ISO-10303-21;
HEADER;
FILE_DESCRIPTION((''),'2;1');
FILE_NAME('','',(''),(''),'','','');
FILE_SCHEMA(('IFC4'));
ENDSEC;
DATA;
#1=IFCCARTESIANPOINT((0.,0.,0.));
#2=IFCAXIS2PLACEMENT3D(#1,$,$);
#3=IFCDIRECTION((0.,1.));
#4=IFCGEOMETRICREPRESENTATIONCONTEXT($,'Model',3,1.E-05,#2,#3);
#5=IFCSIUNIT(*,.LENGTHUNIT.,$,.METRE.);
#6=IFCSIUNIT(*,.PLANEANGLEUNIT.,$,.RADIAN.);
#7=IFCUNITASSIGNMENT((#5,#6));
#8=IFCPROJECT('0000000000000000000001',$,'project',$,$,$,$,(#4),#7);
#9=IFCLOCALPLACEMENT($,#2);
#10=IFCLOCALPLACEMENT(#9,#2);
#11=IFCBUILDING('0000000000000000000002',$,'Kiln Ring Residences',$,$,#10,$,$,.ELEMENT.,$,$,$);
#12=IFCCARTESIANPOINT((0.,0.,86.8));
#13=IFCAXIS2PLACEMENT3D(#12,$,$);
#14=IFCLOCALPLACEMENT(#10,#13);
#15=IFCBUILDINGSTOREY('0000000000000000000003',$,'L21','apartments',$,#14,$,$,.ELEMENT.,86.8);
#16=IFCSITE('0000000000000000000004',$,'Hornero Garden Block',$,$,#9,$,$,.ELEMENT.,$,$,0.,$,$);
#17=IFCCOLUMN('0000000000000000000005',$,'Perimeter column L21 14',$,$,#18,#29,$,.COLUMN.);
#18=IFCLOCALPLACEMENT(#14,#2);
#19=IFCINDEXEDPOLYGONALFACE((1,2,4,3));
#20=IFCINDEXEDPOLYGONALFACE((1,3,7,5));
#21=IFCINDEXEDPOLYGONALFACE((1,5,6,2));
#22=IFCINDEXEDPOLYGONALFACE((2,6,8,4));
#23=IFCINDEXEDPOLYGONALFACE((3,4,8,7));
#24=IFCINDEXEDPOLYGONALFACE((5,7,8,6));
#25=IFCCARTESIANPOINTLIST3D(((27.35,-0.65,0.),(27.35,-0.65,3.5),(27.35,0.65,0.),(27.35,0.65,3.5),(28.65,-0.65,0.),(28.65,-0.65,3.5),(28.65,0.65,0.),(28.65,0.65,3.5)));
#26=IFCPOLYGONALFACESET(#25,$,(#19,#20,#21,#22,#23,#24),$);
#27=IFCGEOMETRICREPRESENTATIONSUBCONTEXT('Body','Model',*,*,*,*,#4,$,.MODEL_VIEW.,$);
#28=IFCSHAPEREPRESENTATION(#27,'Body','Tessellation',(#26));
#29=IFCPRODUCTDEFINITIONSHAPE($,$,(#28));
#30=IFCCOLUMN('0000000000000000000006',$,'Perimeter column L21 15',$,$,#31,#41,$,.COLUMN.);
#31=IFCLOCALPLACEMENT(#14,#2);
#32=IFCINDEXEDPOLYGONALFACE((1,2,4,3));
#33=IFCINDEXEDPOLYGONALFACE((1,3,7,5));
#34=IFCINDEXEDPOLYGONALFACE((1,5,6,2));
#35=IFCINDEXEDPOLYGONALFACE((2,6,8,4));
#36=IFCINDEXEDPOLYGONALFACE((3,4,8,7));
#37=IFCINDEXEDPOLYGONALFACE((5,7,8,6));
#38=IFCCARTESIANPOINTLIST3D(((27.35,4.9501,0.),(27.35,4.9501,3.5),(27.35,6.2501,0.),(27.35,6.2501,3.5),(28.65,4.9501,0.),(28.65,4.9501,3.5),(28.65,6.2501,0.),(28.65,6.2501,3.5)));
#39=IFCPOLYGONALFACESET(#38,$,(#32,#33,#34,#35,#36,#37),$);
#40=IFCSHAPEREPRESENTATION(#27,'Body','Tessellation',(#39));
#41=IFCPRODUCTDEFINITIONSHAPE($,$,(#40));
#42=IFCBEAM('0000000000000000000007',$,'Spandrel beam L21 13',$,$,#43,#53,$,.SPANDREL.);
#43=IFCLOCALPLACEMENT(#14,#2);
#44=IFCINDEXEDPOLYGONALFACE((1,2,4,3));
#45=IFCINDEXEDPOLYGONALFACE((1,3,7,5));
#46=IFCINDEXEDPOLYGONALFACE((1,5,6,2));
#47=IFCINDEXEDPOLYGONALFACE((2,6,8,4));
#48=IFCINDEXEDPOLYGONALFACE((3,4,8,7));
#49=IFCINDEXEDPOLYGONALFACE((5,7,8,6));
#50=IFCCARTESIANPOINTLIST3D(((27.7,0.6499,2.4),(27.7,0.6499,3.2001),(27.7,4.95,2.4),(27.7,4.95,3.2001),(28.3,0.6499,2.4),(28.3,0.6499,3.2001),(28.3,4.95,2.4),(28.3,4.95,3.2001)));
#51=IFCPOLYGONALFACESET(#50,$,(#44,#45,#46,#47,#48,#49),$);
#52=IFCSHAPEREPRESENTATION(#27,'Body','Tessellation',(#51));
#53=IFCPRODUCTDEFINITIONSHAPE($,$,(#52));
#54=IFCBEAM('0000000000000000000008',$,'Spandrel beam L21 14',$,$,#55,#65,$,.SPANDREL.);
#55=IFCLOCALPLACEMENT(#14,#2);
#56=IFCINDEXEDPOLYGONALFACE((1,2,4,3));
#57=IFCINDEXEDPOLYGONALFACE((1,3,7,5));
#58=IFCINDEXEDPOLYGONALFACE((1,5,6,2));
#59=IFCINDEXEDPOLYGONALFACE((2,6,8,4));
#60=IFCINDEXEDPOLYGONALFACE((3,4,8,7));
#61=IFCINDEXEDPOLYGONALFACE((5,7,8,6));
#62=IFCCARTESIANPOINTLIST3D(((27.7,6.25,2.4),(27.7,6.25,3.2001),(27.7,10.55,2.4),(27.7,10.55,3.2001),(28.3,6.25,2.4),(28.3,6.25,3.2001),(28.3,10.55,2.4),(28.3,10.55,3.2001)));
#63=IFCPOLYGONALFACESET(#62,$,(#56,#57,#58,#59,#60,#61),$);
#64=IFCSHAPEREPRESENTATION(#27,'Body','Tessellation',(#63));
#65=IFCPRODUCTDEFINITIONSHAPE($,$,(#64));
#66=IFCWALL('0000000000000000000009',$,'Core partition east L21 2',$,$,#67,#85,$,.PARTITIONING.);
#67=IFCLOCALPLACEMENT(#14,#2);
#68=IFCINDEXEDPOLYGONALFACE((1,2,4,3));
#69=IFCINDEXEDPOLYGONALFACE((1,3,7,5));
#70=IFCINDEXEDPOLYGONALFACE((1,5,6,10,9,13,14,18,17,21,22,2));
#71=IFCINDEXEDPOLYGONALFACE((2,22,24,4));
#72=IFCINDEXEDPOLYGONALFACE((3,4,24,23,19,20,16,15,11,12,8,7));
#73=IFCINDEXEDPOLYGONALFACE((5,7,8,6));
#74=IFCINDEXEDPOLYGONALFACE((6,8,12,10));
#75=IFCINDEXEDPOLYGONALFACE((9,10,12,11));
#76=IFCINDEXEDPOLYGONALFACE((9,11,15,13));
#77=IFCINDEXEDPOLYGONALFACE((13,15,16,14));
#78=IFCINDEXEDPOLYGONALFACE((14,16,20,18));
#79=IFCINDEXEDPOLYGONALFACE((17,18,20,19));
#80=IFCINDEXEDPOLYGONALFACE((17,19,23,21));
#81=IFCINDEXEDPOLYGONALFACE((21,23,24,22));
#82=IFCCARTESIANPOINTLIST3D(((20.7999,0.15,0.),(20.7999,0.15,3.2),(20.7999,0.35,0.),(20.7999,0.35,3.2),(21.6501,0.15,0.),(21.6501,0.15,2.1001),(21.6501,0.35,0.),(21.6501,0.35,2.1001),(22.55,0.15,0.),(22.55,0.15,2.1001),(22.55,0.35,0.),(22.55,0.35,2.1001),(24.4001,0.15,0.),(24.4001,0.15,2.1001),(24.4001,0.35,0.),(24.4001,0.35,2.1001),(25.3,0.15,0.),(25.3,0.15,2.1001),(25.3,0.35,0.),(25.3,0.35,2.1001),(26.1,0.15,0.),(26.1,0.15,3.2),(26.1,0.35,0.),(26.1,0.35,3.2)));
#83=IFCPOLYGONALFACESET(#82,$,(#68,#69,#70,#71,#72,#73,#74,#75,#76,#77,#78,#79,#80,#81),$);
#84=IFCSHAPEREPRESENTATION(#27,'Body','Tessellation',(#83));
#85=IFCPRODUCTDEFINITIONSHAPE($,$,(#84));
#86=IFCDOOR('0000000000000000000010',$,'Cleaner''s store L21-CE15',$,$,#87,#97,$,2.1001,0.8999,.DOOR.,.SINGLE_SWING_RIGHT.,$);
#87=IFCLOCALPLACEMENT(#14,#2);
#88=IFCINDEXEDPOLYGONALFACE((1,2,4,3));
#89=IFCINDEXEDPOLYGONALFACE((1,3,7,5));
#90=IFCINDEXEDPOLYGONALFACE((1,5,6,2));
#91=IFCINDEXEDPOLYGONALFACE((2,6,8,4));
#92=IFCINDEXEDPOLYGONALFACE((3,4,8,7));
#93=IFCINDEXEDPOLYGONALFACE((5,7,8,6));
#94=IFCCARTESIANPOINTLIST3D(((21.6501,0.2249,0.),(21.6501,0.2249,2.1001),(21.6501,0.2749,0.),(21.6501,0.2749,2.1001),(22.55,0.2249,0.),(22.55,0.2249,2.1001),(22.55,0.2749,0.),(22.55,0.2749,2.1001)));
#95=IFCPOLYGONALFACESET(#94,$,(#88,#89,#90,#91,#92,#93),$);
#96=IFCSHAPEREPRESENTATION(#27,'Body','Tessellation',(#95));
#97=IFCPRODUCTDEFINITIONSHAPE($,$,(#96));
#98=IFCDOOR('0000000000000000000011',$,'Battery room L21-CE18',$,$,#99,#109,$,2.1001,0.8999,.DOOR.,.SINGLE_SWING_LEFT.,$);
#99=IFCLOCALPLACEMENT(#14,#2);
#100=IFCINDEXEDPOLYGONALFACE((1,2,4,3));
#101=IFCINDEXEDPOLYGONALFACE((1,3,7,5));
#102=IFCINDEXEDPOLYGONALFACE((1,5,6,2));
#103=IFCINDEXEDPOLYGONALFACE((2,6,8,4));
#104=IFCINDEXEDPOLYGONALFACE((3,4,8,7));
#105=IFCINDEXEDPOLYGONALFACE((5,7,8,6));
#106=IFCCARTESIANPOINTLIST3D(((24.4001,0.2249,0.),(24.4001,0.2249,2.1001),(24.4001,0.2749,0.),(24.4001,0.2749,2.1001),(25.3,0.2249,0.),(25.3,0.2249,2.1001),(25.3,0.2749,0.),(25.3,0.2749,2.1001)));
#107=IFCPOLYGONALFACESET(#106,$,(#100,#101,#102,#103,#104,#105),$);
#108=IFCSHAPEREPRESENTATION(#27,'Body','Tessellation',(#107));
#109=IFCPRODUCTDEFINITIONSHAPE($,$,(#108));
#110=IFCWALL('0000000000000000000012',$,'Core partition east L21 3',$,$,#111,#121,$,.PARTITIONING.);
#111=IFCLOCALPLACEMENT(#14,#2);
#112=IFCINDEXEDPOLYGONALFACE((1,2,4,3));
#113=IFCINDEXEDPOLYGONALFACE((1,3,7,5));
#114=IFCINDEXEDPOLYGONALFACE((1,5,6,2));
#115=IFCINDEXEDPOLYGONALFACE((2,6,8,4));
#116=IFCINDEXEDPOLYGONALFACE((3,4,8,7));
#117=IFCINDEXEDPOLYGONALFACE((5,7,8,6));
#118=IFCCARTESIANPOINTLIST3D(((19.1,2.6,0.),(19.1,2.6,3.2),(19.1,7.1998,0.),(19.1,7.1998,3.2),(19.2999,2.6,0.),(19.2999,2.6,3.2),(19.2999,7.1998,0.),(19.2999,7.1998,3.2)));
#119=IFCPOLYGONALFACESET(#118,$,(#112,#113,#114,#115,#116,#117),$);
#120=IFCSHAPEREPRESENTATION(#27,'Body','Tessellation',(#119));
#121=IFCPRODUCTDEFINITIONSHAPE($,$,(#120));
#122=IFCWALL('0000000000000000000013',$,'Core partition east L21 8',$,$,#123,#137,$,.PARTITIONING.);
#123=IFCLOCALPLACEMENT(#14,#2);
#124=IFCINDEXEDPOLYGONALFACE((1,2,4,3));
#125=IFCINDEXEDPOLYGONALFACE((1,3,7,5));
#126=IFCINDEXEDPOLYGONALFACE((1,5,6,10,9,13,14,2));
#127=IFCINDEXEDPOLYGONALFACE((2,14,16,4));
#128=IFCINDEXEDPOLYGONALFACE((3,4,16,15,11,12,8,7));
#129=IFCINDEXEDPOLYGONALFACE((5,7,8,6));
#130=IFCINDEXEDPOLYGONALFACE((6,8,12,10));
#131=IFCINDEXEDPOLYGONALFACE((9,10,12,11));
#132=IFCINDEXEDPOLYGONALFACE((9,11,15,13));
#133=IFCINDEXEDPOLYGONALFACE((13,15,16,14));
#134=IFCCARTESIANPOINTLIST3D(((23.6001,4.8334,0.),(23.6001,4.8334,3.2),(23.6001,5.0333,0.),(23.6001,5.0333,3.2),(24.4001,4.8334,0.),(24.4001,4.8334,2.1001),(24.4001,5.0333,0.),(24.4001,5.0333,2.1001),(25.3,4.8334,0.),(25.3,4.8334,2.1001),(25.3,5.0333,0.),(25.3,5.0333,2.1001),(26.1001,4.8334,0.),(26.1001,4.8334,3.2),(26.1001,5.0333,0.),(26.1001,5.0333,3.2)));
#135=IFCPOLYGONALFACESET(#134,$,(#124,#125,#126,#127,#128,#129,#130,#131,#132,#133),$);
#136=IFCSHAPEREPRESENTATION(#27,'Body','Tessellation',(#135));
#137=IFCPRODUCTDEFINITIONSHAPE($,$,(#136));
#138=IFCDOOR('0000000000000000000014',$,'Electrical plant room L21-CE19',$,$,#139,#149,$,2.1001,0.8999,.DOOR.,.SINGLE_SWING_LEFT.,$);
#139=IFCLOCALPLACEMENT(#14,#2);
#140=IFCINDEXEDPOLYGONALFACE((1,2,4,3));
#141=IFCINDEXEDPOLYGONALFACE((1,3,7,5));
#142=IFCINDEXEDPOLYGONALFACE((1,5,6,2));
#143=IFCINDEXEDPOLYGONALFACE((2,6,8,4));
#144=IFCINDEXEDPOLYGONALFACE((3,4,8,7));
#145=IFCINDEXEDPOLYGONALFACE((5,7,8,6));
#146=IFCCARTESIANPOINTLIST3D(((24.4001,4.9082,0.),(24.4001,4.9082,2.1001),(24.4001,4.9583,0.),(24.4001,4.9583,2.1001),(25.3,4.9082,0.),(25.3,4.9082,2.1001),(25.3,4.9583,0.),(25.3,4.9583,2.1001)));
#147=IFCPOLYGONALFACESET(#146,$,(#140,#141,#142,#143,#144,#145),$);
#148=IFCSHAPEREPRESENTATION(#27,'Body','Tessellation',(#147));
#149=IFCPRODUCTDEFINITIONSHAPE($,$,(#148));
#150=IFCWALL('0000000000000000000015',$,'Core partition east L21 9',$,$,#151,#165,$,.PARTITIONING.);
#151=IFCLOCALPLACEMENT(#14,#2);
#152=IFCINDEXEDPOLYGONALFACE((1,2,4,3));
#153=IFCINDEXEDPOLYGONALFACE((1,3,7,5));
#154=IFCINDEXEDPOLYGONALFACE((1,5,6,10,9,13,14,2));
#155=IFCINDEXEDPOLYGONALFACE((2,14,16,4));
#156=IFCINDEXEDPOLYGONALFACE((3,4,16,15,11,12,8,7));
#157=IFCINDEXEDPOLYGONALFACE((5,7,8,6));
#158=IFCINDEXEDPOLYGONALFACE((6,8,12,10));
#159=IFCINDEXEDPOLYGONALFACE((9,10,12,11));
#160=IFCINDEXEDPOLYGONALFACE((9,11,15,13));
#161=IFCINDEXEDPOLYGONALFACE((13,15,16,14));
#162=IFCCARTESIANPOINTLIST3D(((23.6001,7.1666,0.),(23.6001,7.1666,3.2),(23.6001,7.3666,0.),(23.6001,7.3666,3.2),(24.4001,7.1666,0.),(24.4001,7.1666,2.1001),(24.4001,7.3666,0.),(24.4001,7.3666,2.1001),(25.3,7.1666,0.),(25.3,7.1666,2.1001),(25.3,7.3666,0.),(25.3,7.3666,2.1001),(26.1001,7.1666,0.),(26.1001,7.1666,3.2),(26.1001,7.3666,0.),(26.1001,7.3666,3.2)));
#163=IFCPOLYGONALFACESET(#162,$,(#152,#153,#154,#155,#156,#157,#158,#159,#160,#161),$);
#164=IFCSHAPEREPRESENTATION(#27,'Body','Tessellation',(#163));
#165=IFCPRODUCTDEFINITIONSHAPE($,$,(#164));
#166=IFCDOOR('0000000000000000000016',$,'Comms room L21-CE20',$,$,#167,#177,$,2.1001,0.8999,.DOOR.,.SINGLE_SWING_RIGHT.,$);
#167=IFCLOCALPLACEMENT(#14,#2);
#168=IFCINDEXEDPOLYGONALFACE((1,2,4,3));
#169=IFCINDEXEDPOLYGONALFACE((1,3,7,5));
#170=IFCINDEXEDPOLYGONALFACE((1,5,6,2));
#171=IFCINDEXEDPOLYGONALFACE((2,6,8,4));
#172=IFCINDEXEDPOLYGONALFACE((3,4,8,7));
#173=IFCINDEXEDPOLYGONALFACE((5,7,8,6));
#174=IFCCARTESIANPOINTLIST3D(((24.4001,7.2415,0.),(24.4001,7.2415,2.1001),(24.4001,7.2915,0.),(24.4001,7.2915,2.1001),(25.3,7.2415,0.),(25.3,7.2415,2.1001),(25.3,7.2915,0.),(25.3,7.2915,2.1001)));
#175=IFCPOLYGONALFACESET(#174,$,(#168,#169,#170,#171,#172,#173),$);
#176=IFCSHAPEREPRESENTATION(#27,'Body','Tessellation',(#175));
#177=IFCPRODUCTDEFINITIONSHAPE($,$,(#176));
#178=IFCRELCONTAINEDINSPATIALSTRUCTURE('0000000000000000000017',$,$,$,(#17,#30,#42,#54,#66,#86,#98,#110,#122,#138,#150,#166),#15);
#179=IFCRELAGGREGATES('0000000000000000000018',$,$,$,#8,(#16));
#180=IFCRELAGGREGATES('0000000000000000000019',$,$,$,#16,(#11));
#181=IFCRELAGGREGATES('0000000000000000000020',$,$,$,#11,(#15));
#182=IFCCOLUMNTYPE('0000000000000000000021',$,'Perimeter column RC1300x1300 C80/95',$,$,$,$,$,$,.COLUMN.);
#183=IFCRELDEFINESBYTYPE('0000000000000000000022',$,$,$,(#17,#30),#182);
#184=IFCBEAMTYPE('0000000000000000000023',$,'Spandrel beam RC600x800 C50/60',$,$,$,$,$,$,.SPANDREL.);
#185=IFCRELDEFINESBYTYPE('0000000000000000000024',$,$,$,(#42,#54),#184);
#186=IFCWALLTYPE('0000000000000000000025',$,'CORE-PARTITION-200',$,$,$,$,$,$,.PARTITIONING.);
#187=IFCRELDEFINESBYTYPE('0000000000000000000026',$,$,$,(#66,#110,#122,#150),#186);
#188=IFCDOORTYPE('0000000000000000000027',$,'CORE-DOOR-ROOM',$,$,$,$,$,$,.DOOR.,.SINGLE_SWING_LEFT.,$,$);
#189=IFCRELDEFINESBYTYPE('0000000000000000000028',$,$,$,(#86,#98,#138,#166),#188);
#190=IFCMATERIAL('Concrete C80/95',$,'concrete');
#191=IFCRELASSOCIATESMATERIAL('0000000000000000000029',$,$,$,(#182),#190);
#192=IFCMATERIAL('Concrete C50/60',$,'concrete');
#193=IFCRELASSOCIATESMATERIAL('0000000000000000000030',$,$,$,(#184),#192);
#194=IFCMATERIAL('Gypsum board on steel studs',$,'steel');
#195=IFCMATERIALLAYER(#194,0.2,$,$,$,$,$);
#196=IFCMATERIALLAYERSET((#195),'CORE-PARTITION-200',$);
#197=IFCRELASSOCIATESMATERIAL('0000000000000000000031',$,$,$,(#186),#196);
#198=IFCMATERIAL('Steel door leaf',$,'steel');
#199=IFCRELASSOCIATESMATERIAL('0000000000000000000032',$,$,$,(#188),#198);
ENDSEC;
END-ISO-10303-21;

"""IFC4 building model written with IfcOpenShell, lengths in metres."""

from ifc_helpers import new_model, si_unit, direction, frame, frame_2d, origin, origin_2d, place, context, subcontext, project, spatial, rectangle, extrude, material, layer, layer_set, material_profile, profile_set, type_object, element, fill, save


model = new_model("IFC4")

# Units and contexts
model_context = context("Model", 3, precision=1e-05, world=origin(), true_north=direction((0.0, 1.0)))
body_context = subcontext(model_context, "Body", "Model", "MODEL_VIEW")
ifc_project = project(units=[si_unit("LENGTHUNIT", "METRE"), si_unit("PLANEANGLEUNIT", "RADIAN")], contexts=[model_context])

# Site, building, storey
site_placement = place(None, origin())
site = spatial("IfcSite", under=ifc_project, at=site_placement, Name="Hornero Garden Block", CompositionType="ELEMENT", RefElevation=0.0)
building_placement = place(site_placement, origin())
building = spatial("IfcBuilding", under=site, at=building_placement, Name="Kiln Ring Residences", CompositionType="ELEMENT")
storey_placement = place(building_placement, frame((0.0, 0.0, 86.8)))
storey = spatial("IfcBuildingStorey", under=building, at=storey_placement, Name="L21", Description="apartments", CompositionType="ELEMENT", Elevation=86.8)

# Columns
ifc_material_1 = material(Name="Concrete C80/95", Category="concrete")
ifc_material_profile_1 = material_profile(ifc_material_1, rectangle(XDim=1.3, YDim=1.3, at=origin_2d()), Name="RC1300x1300")
ifc_profile_set_1 = profile_set([ifc_material_profile_1], Name="Concrete C80/95")
column_type = type_object("IfcColumnType", Name="Perimeter column RC1300x1300 C80/95", PredefinedType="COLUMN", material=ifc_profile_set_1)
for number, where, z_axis, x_axis, name in (
    (1, (28.0, 0.0, 0.0), (0.0, 0.0, 1.0), (1.0, 0.0, 0.0), "Perimeter column L21 14"),
    (2, (28.0, 5.6001, 0.0), (0.0, 0.0, 1.0), (1.0, 0.0, 0.0), "Perimeter column L21 15"),
):
    element("IfcColumn", number, at=place(storey_placement, frame(where, z_axis=z_axis, x_axis=x_axis)), inside=storey, type_object=column_type, Name=name, PredefinedType="COLUMN", context=body_context, shape_type="SweptSolid", body=[
        extrude(rectangle(XDim=1.3, YDim=1.3, at=origin_2d()), origin(), (0.0, 0.0, 1.0), 3.5),
    ])

# Beams
ifc_material_2 = material(Name="Concrete C50/60", Category="concrete")
ifc_material_profile_2 = material_profile(ifc_material_2, rectangle(XDim=0.6001, YDim=0.8, at=origin_2d()), Name="RC600x800")
ifc_profile_set_2 = profile_set([ifc_material_profile_2], Name="Concrete C50/60")
beam_type = type_object("IfcBeamType", Name="Spandrel beam RC600x800 C50/60", PredefinedType="SPANDREL", material=ifc_profile_set_2)
for number, where, z_axis, x_axis, name in (
    (3, (28.0, 0.6499, 2.8), (0.0, 1.0, 0.0), (-1.0, 0.0, 0.0), "Spandrel beam L21 13"),
    (4, (28.0, 6.25, 2.8), (0.0, 1.0, 0.0), (-1.0, 0.0, 0.0), "Spandrel beam L21 14"),
):
    element("IfcBeam", number, at=place(storey_placement, frame(where, z_axis=z_axis, x_axis=x_axis)), inside=storey, type_object=beam_type, Name=name, PredefinedType="SPANDREL", context=body_context, shape_type="SweptSolid", body=[
        extrude(rectangle(XDim=0.6001, YDim=0.8, at=origin_2d()), origin(), (0.0, 0.0, 1.0), 4.3),
    ])

# Wall, openings, doors
ifc_material_3 = material(Name="Gypsum board on steel studs", Category="steel")
ifc_layer_1 = layer(ifc_material_3, 0.2)
ifc_layer_set_1 = layer_set([ifc_layer_1], Name="CORE-PARTITION-200")
wall_type_1 = type_object("IfcWallType", Name="CORE-PARTITION-200", PredefinedType="PARTITIONING", material=ifc_layer_set_1)
wall_1_placement = place(storey_placement, frame((20.8, 0.25, 0.0), z_axis=(0.0, 0.0, 1.0), x_axis=(1.0, 0.0, 0.0)))
wall_1 = element("IfcWall", 5, at=wall_1_placement, inside=storey, type_object=wall_type_1, Name="Core partition east L21 2", PredefinedType="PARTITIONING", context=body_context, shape_type="SweptSolid", body=[
    extrude(rectangle(XDim=5.3, YDim=0.2, at=frame_2d((2.6499, 0.0))), origin(), (0.0, 0.0, 1.0), 3.2),
])
opening_1_placement = place(wall_1_placement, frame((0.8501, 0.0, 0.0)))
opening_1 = element("IfcOpeningElement", 6, at=opening_1_placement, cuts=wall_1, PredefinedType="OPENING", context=body_context, shape_type="SweptSolid", body=[
    extrude(rectangle(XDim=0.8999, YDim=2.1001, at=frame_2d((0.45, 1.05))), frame((0.0, 0.1099, 0.0), z_axis=(0.0, -1.0, 0.0), x_axis=(1.0, 0.0, 0.0)), (0.0, 0.0, 1.0), 0.22),
])
opening_2_placement = place(wall_1_placement, frame((3.6001, 0.0, 0.0)))
opening_2 = element("IfcOpeningElement", 7, at=opening_2_placement, cuts=wall_1, PredefinedType="OPENING", context=body_context, shape_type="SweptSolid", body=[
    extrude(rectangle(XDim=0.8999, YDim=2.1001, at=frame_2d((0.45, 1.05))), frame((0.0, 0.1099, 0.0), z_axis=(0.0, -1.0, 0.0), x_axis=(1.0, 0.0, 0.0)), (0.0, 0.0, 1.0), 0.22),
])
ifc_material_4 = material(Name="Steel door leaf", Category="steel")
door_type = type_object("IfcDoorType", Name="CORE-DOOR-ROOM", OperationType="SINGLE_SWING_LEFT", PredefinedType="DOOR", material=ifc_material_4)
door_1_placement = place(opening_1_placement, origin())
door_1 = element("IfcDoor", 8, at=door_1_placement, inside=storey, type_object=door_type, Name="Cleaner's store L21-CE15", OperationType="SINGLE_SWING_RIGHT", OverallHeight=2.1001, OverallWidth=0.8999, PredefinedType="DOOR", context=body_context, shape_type="SweptSolid", body=[
    extrude(rectangle(XDim=0.8999, YDim=2.1001, at=frame_2d((0.45, 1.05))), frame((0.0, 0.0249, 0.0), z_axis=(0.0, -1.0, 0.0), x_axis=(1.0, 0.0, 0.0)), (0.0, 0.0, 1.0), 0.05),
])
fill(opening_1, door_1)
door_2_placement = place(opening_2_placement, origin())
door_2 = element("IfcDoor", 9, at=door_2_placement, inside=storey, type_object=door_type, Name="Battery room L21-CE18", OperationType="SINGLE_SWING_LEFT", OverallHeight=2.1001, OverallWidth=0.8999, PredefinedType="DOOR", context=body_context, shape_type="SweptSolid", body=[
    extrude(rectangle(XDim=0.8999, YDim=2.1001, at=frame_2d((0.45, 1.05))), frame((0.0, 0.0249, 0.0), z_axis=(0.0, -1.0, 0.0), x_axis=(1.0, 0.0, 0.0)), (0.0, 0.0, 1.0), 0.05),
])
fill(opening_2, door_2)

# Wall
wall_2_placement = place(storey_placement, frame((19.2, 2.6001, 0.0), z_axis=(0.0, 0.0, 1.0), x_axis=(0.0, 1.0, 0.0)))
element("IfcWall", 10, at=wall_2_placement, inside=storey, type_object=wall_type_1, Name="Core partition east L21 3", PredefinedType="PARTITIONING", context=body_context, shape_type="SweptSolid", body=[
    extrude(rectangle(XDim=4.5999, YDim=0.2, at=frame_2d((2.2998, 0.0))), origin(), (0.0, 0.0, 1.0), 3.2),
])

# Walls, openings, doors
wall_3_placement = place(storey_placement, frame((23.6001, 4.9333, 0.0), z_axis=(0.0, 0.0, 1.0), x_axis=(1.0, 0.0, 0.0)))
wall_3 = element("IfcWall", 11, at=wall_3_placement, inside=storey, type_object=wall_type_1, Name="Core partition east L21 8", PredefinedType="PARTITIONING", context=body_context, shape_type="SweptSolid", body=[
    extrude(rectangle(XDim=2.5, YDim=0.2, at=frame_2d((1.25, 0.0))), origin(), (0.0, 0.0, 1.0), 3.2),
])
opening_3_placement = place(wall_3_placement, frame((0.8, 0.0, 0.0)))
opening_3 = element("IfcOpeningElement", 12, at=opening_3_placement, cuts=wall_3, PredefinedType="OPENING", context=body_context, shape_type="SweptSolid", body=[
    extrude(rectangle(XDim=0.8999, YDim=2.1001, at=frame_2d((0.45, 1.05))), frame((0.0, 0.1099, 0.0), z_axis=(0.0, -1.0, 0.0), x_axis=(1.0, 0.0, 0.0)), (0.0, 0.0, 1.0), 0.22),
])
door_3_placement = place(opening_3_placement, origin())
door_3 = element("IfcDoor", 13, at=door_3_placement, inside=storey, type_object=door_type, Name="Electrical plant room L21-CE19", OperationType="SINGLE_SWING_LEFT", OverallHeight=2.1001, OverallWidth=0.8999, PredefinedType="DOOR", context=body_context, shape_type="SweptSolid", body=[
    extrude(rectangle(XDim=0.8999, YDim=2.1001, at=frame_2d((0.45, 1.05))), frame((0.0, 0.0249, 0.0), z_axis=(0.0, -1.0, 0.0), x_axis=(1.0, 0.0, 0.0)), (0.0, 0.0, 1.0), 0.05),
])
fill(opening_3, door_3)
wall_4_placement = place(storey_placement, frame((23.6001, 7.2666, 0.0), z_axis=(0.0, 0.0, 1.0), x_axis=(1.0, 0.0, 0.0)))
wall_4 = element("IfcWall", 14, at=wall_4_placement, inside=storey, type_object=wall_type_1, Name="Core partition east L21 9", PredefinedType="PARTITIONING", context=body_context, shape_type="SweptSolid", body=[
    extrude(rectangle(XDim=2.5, YDim=0.2, at=frame_2d((1.25, 0.0))), origin(), (0.0, 0.0, 1.0), 3.2),
])
opening_4_placement = place(wall_4_placement, frame((0.8, 0.0, 0.0)))
opening_4 = element("IfcOpeningElement", 15, at=opening_4_placement, cuts=wall_4, PredefinedType="OPENING", context=body_context, shape_type="SweptSolid", body=[
    extrude(rectangle(XDim=0.8999, YDim=2.1001, at=frame_2d((0.45, 1.05))), frame((0.0, 0.1099, 0.0), z_axis=(0.0, -1.0, 0.0), x_axis=(1.0, 0.0, 0.0)), (0.0, 0.0, 1.0), 0.22),
])
door_4_placement = place(opening_4_placement, origin())
door_4 = element("IfcDoor", 16, at=door_4_placement, inside=storey, type_object=door_type, Name="Comms room L21-CE20", OperationType="SINGLE_SWING_RIGHT", OverallHeight=2.1001, OverallWidth=0.8999, PredefinedType="DOOR", context=body_context, shape_type="SweptSolid", body=[
    extrude(rectangle(XDim=0.8999, YDim=2.1001, at=frame_2d((0.45, 1.05))), frame((0.0, 0.0249, 0.0), z_axis=(0.0, -1.0, 0.0), x_axis=(1.0, 0.0, 0.0)), (0.0, 0.0, 1.0), 0.05),
])
fill(opening_4, door_4)

save(model, "model.ifc")
